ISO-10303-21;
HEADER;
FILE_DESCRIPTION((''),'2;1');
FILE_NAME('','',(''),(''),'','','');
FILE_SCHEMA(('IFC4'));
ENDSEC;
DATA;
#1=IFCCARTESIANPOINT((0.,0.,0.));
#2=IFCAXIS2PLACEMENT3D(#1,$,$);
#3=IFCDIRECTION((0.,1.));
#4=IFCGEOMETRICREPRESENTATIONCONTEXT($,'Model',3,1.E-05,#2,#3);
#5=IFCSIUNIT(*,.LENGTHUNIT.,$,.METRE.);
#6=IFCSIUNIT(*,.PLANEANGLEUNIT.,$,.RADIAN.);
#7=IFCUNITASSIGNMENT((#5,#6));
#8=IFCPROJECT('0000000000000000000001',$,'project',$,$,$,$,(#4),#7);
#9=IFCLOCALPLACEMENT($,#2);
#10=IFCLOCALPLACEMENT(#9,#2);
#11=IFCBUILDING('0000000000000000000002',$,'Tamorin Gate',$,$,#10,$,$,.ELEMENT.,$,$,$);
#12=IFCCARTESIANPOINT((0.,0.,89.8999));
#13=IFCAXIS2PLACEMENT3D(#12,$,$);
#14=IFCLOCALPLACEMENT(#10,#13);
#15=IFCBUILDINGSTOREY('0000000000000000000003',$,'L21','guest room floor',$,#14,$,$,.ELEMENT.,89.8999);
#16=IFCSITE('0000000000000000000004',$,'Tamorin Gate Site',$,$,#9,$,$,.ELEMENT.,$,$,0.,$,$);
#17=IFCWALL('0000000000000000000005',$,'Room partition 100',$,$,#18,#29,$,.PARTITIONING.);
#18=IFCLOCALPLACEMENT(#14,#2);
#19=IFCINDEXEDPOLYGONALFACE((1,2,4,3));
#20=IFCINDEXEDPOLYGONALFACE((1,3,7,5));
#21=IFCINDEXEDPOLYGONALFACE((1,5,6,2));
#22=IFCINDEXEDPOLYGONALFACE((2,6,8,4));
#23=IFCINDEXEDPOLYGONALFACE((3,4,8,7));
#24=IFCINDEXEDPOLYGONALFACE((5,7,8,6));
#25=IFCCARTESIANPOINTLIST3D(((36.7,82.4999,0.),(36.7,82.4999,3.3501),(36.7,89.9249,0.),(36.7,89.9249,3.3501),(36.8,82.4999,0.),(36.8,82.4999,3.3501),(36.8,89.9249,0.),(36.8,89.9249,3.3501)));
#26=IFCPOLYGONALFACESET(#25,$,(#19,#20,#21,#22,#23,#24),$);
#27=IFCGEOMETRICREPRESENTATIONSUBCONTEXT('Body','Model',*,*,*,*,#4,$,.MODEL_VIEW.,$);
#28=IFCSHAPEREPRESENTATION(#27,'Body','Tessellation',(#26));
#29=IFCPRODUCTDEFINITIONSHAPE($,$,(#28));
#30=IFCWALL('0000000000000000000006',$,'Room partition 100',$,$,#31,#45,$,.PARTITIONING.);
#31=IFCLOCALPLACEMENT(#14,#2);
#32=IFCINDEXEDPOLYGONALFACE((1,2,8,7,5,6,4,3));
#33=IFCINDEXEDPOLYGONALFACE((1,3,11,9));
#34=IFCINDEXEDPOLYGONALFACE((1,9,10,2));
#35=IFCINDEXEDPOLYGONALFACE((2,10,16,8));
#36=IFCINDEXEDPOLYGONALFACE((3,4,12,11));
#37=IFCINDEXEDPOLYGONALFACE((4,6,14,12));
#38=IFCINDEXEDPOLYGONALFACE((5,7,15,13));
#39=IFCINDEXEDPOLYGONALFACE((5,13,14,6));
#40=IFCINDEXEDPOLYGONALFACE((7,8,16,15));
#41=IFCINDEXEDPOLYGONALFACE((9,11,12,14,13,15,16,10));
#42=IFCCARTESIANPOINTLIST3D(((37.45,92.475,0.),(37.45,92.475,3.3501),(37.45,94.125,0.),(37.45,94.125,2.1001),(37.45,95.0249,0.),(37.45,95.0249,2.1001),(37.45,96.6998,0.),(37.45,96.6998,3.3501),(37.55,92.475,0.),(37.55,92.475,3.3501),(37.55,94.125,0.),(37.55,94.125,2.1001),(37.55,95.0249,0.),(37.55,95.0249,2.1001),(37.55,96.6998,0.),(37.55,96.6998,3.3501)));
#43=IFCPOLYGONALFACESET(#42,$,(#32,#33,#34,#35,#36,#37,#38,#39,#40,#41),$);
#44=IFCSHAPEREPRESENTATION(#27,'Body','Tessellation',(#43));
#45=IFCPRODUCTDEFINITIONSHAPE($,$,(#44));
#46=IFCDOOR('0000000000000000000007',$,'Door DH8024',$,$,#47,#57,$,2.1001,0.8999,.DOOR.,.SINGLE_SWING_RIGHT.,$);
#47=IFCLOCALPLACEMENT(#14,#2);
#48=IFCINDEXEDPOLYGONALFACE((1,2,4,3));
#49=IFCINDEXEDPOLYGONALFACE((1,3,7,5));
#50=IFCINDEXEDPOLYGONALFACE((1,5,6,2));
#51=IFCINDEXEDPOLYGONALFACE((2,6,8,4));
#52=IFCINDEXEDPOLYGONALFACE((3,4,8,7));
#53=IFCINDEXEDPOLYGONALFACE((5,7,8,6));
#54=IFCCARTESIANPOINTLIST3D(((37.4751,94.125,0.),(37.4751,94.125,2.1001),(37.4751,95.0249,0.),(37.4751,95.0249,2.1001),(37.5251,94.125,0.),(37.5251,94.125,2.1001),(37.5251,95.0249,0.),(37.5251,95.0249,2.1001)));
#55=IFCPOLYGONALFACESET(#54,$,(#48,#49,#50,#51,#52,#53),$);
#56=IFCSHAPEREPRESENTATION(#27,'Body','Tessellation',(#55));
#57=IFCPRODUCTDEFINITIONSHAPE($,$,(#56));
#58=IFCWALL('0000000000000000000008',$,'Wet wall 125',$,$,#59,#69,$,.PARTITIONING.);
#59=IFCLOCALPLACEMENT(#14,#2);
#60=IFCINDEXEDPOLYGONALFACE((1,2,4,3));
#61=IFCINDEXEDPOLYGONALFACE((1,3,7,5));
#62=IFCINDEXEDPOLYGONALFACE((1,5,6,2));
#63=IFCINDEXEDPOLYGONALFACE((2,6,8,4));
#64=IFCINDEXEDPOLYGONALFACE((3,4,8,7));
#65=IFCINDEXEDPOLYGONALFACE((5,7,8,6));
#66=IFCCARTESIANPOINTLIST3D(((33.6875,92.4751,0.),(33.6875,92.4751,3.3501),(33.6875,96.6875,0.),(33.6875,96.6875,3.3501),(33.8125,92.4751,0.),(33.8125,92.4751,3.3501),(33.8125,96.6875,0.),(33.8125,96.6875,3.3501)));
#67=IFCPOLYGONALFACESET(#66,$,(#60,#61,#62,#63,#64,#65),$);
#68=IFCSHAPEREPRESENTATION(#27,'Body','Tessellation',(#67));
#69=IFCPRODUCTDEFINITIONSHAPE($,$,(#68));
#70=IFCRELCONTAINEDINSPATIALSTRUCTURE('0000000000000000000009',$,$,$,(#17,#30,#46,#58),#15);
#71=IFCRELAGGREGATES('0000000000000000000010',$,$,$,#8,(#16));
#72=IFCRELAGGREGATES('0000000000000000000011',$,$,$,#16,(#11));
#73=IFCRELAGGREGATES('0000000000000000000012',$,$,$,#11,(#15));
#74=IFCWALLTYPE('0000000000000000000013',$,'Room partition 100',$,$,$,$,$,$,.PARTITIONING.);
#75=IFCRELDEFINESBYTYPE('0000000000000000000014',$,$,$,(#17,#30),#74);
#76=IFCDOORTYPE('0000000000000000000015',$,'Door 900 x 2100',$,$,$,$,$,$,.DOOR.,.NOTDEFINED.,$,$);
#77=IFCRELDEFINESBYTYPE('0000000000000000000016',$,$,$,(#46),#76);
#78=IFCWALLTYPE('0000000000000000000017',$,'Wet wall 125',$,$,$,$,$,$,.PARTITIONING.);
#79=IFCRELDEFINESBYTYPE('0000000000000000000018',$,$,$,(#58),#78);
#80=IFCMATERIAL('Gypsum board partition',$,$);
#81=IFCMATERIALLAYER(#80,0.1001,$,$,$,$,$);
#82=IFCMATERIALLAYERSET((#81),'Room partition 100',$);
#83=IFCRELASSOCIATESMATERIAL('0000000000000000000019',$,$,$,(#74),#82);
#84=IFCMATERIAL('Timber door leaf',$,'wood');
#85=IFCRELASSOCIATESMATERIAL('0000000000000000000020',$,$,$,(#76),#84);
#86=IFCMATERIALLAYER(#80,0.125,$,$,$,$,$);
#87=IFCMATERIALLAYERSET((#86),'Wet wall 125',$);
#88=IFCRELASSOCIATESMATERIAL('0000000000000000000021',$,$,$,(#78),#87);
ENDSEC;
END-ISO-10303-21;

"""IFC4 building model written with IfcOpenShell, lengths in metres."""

from ifc_helpers import new_model, si_unit, direction, frame, frame_2d, origin, place, context, subcontext, project, spatial, rectangle, extrude, material, layer, layer_set, type_object, element, fill, save


model = new_model("IFC4")

# Units and contexts
model_context = context("Model", 3, precision=1e-05, world=origin(), true_north=direction((0.0, 1.0)))
body_context = subcontext(model_context, "Body", "Model", "MODEL_VIEW")
ifc_project = project(units=[si_unit("LENGTHUNIT", "METRE"), si_unit("PLANEANGLEUNIT", "RADIAN")], contexts=[model_context])

# Site, building, storey
site_placement = place(None, origin())
site = spatial("IfcSite", under=ifc_project, at=site_placement, Name="Tamorin Gate Site", CompositionType="ELEMENT", RefElevation=0.0)
building_placement = place(site_placement, origin())
building = spatial("IfcBuilding", under=site, at=building_placement, Name="Tamorin Gate", CompositionType="ELEMENT")
storey_placement = place(building_placement, frame((0.0, 0.0, 89.8999)))
storey = spatial("IfcBuildingStorey", under=building, at=storey_placement, Name="L21", Description="guest room floor", CompositionType="ELEMENT", Elevation=89.8999)

# Shared definitions
ifc_material_1 = material(Name="Gypsum board partition")
ifc_material_2 = material(Name="Timber door leaf", Category="wood")

# Wall
ifc_layer_1 = layer(ifc_material_1, 0.1001)
ifc_layer_set_1 = layer_set([ifc_layer_1], Name="Room partition 100")
wall_type_1 = type_object("IfcWallType", Name="Room partition 100", PredefinedType="PARTITIONING", material=ifc_layer_set_1)
wall_1_placement = place(storey_placement, frame((36.75, 82.5, 0.0), z_axis=(0.0, 0.0, 1.0), x_axis=(0.0, 1.0, 0.0)))
element("IfcWall", 1, at=wall_1_placement, inside=storey, type_object=wall_type_1, Name="Room partition 100", PredefinedType="PARTITIONING", context=body_context, shape_type="SweptSolid", body=[
    extrude(rectangle(XDim=7.425, YDim=0.1001, at=frame_2d((3.7124, 0.0))), origin(), (0.0, 0.0, 1.0), 3.3501),
])

# Wall, opening, door
wall_2_placement = place(storey_placement, frame((37.5, 92.4751, 0.0), z_axis=(0.0, 0.0, 1.0), x_axis=(0.0, 1.0, 0.0)))
wall_2 = element("IfcWall", 2, at=wall_2_placement, inside=storey, type_object=wall_type_1, Name="Room partition 100", PredefinedType="PARTITIONING", context=body_context, shape_type="SweptSolid", body=[
    extrude(rectangle(XDim=4.2249, YDim=0.1001, at=frame_2d((2.1123, 0.0))), origin(), (0.0, 0.0, 1.0), 3.3501),
])
opening_1_placement = place(wall_2_placement, frame((1.6499, 0.0, 0.0)))
opening_1 = element("IfcOpeningElement", 3, at=opening_1_placement, cuts=wall_2, PredefinedType="OPENING", context=body_context, shape_type="SweptSolid", body=[
    extrude(rectangle(XDim=0.8999, YDim=2.1001, at=frame_2d((0.45, 1.05))), frame((0.0, 0.0601, 0.0), z_axis=(0.0, -1.0, 0.0), x_axis=(1.0, 0.0, 0.0)), (0.0, 0.0, 1.0), 0.1201),
])
door_type_1 = type_object("IfcDoorType", Name="Door 900 x 2100", OperationType="NOTDEFINED", PredefinedType="DOOR", material=ifc_material_2)
door_1_placement = place(opening_1_placement, origin())
door_1 = element("IfcDoor", 4, at=door_1_placement, inside=storey, type_object=door_type_1, Name="Door DH8024", OperationType="SINGLE_SWING_RIGHT", OverallHeight=2.1001, OverallWidth=0.8999, PredefinedType="DOOR", context=body_context, shape_type="SweptSolid", body=[
    extrude(rectangle(XDim=0.8999, YDim=2.1001, at=frame_2d((0.45, 1.05))), frame((0.0, 0.0249, 0.0), z_axis=(0.0, -1.0, 0.0), x_axis=(1.0, 0.0, 0.0)), (0.0, 0.0, 1.0), 0.05),
])
fill(opening_1, door_1)

# Wall
ifc_layer_2 = layer(ifc_material_1, 0.125)
ifc_layer_set_2 = layer_set([ifc_layer_2], Name="Wet wall 125")
wall_type_2 = type_object("IfcWallType", Name="Wet wall 125", PredefinedType="PARTITIONING", material=ifc_layer_set_2)
wall_3_placement = place(storey_placement, frame((33.75, 92.4751, 0.0), z_axis=(0.0, 0.0, 1.0), x_axis=(0.0, 1.0, 0.0)))
element("IfcWall", 5, at=wall_3_placement, inside=storey, type_object=wall_type_2, Name="Wet wall 125", PredefinedType="PARTITIONING", context=body_context, shape_type="SweptSolid", body=[
    extrude(rectangle(XDim=4.2124, YDim=0.125, at=frame_2d((2.1062, 0.0))), origin(), (0.0, 0.0, 1.0), 3.3501),
])

save(model, "model.ifc")
